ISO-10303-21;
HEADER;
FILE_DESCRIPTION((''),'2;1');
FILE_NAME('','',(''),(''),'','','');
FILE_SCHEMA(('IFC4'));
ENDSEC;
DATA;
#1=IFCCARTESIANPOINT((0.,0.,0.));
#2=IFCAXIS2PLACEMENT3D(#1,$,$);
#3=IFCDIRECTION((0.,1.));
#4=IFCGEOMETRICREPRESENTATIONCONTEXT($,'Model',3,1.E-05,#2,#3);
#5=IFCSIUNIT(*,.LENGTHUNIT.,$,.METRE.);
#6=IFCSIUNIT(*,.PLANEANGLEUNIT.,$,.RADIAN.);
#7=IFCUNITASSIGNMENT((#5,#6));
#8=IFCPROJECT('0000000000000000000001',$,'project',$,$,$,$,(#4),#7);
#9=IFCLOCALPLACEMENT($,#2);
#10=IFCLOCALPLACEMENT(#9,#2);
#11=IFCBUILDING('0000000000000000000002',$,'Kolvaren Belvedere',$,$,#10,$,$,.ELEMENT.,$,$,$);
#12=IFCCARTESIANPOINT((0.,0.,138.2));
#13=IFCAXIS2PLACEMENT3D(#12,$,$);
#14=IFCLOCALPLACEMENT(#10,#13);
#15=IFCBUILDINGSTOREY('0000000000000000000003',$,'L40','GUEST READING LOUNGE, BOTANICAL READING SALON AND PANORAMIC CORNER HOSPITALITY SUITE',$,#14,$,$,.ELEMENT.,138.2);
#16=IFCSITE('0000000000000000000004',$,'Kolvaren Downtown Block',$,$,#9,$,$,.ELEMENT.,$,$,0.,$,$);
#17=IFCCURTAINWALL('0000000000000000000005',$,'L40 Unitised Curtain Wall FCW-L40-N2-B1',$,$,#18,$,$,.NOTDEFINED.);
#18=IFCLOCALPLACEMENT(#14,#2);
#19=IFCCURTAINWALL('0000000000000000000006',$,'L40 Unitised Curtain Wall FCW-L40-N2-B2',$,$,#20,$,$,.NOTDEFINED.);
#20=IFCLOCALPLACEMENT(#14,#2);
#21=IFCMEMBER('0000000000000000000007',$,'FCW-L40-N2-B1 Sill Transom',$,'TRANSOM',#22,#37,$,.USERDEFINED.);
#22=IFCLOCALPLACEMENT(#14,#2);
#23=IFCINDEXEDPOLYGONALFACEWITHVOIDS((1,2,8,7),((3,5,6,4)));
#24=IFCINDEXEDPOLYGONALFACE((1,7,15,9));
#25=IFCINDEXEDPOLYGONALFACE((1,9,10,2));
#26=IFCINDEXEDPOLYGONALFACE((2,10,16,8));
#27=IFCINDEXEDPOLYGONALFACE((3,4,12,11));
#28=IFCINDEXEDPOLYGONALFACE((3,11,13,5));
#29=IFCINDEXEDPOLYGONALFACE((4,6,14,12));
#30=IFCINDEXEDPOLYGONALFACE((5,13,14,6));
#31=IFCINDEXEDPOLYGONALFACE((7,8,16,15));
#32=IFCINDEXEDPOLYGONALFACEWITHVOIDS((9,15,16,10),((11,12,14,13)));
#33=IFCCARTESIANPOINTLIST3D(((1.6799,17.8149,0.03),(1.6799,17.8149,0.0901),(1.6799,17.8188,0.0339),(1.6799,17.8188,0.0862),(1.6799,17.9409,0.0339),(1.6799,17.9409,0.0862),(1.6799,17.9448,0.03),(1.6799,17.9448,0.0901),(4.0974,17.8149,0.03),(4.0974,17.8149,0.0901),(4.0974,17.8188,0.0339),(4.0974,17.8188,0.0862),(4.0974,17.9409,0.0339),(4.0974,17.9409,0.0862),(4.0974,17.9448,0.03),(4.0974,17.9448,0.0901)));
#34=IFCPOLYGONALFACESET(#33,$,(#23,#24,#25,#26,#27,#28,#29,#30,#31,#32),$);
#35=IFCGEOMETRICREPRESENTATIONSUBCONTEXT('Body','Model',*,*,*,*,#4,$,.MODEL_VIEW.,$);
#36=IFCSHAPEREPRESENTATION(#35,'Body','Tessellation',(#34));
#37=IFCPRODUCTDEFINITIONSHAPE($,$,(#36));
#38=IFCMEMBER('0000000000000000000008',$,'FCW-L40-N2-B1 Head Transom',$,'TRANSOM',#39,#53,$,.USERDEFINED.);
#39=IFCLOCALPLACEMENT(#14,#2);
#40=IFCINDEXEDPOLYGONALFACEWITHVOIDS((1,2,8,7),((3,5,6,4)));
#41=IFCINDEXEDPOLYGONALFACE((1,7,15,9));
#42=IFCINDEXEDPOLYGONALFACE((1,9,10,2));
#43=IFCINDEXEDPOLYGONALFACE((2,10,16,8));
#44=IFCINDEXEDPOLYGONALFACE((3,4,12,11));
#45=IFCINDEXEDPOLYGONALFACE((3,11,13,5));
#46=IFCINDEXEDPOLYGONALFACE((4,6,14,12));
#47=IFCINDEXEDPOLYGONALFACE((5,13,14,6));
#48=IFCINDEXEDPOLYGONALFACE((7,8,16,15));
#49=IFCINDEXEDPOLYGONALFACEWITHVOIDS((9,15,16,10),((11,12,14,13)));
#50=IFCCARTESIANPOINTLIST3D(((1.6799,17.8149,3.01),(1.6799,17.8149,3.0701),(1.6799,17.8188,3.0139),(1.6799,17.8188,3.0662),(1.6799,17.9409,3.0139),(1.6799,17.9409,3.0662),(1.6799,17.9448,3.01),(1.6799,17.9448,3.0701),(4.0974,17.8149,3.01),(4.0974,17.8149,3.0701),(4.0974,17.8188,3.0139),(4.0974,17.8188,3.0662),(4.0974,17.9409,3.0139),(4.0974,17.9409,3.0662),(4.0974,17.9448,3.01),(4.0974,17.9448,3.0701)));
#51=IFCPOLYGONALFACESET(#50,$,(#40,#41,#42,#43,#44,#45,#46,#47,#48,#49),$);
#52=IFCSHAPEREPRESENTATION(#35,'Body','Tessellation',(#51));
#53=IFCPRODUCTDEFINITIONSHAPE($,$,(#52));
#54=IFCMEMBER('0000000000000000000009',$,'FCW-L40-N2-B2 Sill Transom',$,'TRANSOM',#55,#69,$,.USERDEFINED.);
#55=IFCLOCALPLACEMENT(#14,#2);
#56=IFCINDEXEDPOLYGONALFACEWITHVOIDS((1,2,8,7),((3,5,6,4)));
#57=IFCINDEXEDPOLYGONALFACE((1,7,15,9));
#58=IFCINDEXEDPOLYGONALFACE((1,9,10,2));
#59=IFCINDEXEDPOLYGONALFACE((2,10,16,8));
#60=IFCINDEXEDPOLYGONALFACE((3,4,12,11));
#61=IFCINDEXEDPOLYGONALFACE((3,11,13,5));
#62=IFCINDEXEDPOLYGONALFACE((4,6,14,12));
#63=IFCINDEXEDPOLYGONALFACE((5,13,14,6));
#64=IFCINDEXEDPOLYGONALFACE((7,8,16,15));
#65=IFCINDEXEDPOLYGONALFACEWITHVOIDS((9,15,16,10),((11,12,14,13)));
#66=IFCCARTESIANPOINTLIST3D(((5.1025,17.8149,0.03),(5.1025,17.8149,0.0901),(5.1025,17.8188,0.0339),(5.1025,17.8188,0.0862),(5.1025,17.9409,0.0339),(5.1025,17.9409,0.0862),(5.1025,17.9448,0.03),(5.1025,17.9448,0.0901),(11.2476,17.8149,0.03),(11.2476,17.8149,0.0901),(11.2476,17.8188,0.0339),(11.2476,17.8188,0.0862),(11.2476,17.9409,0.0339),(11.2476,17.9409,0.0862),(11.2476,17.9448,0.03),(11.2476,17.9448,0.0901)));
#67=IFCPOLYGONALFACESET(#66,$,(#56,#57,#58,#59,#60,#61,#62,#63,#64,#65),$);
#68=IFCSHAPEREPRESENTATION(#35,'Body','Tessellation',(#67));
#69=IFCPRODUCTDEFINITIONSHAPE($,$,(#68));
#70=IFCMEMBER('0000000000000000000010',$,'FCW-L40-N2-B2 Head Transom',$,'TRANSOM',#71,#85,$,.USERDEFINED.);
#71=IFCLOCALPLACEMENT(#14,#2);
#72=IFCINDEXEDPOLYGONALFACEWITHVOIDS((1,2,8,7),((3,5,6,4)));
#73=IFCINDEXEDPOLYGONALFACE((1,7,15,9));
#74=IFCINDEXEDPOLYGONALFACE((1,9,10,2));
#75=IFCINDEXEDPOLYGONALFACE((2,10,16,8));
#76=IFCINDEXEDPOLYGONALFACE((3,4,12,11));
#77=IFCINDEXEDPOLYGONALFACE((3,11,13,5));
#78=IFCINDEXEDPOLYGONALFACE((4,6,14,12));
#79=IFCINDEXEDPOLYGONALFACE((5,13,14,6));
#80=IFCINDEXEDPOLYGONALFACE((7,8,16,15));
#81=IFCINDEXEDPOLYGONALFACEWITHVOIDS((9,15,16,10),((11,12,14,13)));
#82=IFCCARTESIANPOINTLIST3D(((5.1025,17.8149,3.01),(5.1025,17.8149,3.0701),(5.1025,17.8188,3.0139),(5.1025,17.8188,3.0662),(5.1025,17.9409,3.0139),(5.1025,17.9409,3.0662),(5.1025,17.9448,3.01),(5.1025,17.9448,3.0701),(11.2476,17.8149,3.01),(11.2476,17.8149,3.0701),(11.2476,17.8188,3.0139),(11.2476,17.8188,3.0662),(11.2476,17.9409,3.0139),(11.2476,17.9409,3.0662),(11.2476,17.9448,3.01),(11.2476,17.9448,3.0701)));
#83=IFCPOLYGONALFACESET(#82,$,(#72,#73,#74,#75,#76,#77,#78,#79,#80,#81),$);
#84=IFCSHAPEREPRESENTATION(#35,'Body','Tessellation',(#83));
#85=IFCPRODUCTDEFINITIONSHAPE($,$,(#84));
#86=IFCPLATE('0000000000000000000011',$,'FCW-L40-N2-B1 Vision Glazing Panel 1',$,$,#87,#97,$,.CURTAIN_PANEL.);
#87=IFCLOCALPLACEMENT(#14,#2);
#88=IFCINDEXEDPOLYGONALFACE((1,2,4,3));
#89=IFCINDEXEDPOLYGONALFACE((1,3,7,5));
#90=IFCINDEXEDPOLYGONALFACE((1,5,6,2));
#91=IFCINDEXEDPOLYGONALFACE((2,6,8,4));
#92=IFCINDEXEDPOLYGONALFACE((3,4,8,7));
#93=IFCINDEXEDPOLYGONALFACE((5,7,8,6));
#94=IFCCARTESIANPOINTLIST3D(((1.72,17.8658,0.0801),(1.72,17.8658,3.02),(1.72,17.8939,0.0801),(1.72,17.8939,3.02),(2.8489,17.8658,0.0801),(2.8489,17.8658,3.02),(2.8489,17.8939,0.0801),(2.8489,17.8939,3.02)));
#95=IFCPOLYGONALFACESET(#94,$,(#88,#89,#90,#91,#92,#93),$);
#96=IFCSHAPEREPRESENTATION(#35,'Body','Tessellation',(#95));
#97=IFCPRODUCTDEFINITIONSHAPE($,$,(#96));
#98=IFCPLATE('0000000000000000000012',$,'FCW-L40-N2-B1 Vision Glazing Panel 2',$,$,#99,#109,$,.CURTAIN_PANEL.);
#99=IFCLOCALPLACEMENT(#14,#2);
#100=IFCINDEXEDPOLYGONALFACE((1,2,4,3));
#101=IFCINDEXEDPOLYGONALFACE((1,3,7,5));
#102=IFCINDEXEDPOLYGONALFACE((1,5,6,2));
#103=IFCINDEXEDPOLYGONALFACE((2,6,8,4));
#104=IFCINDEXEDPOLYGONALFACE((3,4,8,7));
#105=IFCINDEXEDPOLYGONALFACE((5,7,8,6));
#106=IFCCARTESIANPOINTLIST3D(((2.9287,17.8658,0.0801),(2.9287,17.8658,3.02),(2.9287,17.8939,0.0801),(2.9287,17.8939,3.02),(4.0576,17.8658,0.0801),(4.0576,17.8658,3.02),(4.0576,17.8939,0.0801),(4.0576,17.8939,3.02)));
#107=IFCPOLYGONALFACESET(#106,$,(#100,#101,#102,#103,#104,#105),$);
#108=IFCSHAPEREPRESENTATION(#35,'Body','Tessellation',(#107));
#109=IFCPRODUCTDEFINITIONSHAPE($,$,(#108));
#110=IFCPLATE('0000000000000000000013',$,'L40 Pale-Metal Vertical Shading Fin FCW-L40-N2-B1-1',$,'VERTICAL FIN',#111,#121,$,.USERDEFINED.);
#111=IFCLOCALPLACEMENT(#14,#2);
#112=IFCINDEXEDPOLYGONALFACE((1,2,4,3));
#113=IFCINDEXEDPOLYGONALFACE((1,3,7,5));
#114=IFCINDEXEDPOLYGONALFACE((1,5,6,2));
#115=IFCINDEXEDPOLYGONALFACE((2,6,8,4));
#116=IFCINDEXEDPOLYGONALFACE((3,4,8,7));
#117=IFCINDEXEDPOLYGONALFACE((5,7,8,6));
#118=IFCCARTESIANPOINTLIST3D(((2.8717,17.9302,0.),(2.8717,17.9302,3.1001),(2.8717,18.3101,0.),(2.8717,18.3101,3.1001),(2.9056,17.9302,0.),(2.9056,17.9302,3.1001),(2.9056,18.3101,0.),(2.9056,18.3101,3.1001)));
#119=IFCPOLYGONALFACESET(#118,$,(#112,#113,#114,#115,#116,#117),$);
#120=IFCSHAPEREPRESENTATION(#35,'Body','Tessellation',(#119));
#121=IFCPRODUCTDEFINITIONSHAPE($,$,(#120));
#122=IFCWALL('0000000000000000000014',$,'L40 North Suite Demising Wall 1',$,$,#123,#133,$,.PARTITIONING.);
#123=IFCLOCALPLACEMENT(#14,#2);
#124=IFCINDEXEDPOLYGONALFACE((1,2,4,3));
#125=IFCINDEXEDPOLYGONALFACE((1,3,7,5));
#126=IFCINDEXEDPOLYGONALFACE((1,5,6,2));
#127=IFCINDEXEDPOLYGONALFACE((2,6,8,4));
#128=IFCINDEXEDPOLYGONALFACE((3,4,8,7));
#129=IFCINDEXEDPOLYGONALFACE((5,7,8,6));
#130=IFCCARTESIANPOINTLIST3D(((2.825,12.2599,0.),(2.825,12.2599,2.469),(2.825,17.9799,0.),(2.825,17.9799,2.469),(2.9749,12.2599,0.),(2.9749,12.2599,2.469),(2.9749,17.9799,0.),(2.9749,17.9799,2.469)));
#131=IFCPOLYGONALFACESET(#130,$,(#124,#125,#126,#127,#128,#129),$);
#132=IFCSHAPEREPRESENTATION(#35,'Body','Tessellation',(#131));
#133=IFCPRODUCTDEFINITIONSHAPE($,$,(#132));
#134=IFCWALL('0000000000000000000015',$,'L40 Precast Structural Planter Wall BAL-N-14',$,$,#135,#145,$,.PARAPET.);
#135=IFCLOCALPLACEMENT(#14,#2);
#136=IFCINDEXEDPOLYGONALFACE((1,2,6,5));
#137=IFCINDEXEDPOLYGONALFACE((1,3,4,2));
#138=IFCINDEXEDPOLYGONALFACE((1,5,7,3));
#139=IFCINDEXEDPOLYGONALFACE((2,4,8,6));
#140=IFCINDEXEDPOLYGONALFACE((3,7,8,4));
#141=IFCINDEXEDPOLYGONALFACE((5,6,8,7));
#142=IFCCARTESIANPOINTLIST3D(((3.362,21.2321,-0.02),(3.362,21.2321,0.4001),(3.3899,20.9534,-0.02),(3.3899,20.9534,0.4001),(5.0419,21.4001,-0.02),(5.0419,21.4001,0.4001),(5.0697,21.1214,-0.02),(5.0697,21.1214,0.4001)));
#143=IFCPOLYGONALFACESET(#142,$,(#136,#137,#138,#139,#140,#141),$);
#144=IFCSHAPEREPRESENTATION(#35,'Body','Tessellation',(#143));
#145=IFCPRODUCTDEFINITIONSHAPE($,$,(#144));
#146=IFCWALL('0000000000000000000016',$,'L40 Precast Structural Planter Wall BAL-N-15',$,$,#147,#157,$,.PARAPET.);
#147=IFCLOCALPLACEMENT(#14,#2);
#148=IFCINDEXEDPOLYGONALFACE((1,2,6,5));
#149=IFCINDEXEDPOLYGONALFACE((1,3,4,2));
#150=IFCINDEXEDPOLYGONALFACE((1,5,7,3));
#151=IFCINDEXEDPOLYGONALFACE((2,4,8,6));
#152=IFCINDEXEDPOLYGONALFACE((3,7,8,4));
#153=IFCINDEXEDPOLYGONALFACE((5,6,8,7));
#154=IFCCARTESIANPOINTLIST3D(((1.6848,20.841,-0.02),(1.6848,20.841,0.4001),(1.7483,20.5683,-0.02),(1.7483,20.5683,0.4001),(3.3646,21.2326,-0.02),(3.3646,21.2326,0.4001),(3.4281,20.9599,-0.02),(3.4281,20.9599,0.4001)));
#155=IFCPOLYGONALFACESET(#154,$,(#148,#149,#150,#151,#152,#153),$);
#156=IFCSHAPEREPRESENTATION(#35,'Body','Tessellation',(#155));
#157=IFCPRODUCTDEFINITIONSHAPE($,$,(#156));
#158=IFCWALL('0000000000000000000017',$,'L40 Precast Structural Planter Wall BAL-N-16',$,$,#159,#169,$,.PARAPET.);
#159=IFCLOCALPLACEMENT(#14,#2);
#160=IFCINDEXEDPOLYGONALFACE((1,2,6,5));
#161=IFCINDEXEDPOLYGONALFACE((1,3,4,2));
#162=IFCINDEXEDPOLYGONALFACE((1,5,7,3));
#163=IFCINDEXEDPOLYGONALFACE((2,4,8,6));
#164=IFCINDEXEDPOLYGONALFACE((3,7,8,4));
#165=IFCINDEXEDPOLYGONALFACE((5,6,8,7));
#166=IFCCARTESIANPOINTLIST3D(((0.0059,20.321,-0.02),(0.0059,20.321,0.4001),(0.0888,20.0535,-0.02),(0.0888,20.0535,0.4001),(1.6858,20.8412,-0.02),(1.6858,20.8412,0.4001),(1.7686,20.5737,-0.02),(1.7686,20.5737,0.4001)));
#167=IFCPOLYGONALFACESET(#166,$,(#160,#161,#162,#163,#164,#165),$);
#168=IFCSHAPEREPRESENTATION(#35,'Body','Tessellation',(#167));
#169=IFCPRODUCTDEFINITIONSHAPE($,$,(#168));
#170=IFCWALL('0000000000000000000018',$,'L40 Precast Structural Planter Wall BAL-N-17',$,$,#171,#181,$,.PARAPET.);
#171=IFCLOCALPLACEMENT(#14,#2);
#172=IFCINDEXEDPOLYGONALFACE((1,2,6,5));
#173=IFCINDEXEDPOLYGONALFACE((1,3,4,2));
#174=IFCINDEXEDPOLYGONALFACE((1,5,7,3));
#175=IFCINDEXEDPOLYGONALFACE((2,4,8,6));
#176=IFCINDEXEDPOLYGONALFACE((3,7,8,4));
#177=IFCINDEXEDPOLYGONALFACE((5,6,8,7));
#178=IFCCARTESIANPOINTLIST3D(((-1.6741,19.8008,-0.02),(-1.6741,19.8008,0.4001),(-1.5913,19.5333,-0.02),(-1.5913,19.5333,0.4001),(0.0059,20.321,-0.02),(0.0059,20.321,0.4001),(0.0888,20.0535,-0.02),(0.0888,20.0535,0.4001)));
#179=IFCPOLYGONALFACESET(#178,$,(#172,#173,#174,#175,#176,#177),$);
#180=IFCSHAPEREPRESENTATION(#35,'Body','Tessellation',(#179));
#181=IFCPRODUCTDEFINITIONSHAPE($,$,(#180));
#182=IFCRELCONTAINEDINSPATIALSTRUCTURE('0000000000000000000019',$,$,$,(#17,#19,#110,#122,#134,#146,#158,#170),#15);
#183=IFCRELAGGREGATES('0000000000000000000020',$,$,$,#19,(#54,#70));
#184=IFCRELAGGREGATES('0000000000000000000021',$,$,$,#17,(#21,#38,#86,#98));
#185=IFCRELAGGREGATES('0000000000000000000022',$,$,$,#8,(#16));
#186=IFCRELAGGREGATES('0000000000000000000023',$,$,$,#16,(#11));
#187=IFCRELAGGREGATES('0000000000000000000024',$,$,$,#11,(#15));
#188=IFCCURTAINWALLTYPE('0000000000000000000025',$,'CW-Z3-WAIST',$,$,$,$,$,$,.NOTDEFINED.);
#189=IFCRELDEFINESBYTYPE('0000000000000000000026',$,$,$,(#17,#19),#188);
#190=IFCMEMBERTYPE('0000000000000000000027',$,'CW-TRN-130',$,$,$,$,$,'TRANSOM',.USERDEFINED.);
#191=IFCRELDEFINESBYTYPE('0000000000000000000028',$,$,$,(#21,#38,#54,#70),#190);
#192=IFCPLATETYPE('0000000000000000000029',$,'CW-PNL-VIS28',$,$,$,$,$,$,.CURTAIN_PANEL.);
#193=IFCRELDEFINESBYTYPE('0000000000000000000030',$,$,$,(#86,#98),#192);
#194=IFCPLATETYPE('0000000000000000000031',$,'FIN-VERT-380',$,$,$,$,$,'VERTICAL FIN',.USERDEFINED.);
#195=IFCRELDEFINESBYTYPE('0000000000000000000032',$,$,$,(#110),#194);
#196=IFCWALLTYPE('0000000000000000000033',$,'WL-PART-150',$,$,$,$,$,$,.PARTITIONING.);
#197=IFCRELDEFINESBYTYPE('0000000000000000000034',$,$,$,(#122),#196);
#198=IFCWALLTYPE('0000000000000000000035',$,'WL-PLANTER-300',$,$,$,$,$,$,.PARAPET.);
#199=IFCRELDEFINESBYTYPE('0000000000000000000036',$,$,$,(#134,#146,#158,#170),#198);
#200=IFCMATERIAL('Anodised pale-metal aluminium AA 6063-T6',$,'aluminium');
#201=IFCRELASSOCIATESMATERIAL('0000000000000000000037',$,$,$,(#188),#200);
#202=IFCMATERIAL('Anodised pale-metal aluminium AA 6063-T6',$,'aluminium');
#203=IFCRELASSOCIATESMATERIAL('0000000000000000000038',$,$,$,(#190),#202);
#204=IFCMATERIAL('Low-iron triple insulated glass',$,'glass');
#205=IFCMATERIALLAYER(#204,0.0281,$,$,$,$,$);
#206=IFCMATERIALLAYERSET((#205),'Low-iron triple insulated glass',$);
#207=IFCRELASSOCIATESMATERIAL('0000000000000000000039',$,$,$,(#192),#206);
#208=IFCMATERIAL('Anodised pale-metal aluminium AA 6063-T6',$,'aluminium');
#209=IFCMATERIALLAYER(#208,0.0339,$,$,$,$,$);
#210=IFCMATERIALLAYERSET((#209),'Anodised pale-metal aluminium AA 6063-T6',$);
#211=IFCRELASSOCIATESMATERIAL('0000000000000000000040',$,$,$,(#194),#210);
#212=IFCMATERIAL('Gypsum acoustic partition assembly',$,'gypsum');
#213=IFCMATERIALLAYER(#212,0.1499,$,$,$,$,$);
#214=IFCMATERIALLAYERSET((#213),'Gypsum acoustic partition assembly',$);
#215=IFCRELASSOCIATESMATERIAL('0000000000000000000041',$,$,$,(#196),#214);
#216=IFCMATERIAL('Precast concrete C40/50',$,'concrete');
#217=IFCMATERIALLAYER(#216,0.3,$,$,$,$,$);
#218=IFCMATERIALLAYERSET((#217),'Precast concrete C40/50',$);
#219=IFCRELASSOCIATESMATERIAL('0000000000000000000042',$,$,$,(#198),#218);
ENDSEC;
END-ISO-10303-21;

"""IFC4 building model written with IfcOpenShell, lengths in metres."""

from ifc_helpers import new_model, si_unit, direction, frame, frame_2d, origin, origin_2d, place, context, subcontext, project, spatial, rectangle, hollow_rectangle, extrude, material, layer, layer_set, material_profile, profile_set, type_object, element, aggregate, save


model = new_model("IFC4")

# Units and contexts
model_context = context("Model", 3, precision=1e-05, world=origin(), true_north=direction((0.0, 1.0)))
body_context = subcontext(model_context, "Body", "Model", "MODEL_VIEW")
ifc_project = project(units=[si_unit("LENGTHUNIT", "METRE"), si_unit("PLANEANGLEUNIT", "RADIAN")], contexts=[model_context])

# Site, building, storey
site_placement = place(None, origin())
site = spatial("IfcSite", under=ifc_project, at=site_placement, Name="Kolvaren Downtown Block", CompositionType="ELEMENT", RefElevation=0.0)
building_placement = place(site_placement, origin())
building = spatial("IfcBuilding", under=site, at=building_placement, Name="Kolvaren Belvedere", CompositionType="ELEMENT")
storey_placement = place(building_placement, frame((0.0, 0.0, 138.2)))
storey = spatial("IfcBuildingStorey", under=building, at=storey_placement, Name="L40", Description="GUEST READING LOUNGE, BOTANICAL READING SALON AND PANORAMIC CORNER HOSPITALITY SUITE", CompositionType="ELEMENT", Elevation=138.2)

# Curtain wall
ifc_material_1 = material(Name="Anodised pale-metal aluminium AA 6063-T6", Category="aluminium")
curtain_wall_type = type_object("IfcCurtainWallType", Name="CW-Z3-WAIST", PredefinedType="NOTDEFINED", material=ifc_material_1)
curtain_wall_1_placement = place(storey_placement, origin())
curtain_wall_1 = element("IfcCurtainWall", 1, at=curtain_wall_1_placement, inside=storey, type_object=curtain_wall_type, Name="L40 Unitised Curtain Wall FCW-L40-N2-B1", PredefinedType="NOTDEFINED")

# Curtain wall
curtain_wall_2_placement = place(storey_placement, origin())
curtain_wall_2 = element("IfcCurtainWall", 2, at=curtain_wall_2_placement, inside=storey, type_object=curtain_wall_type, Name="L40 Unitised Curtain Wall FCW-L40-N2-B2", PredefinedType="NOTDEFINED")

# Members
ifc_material_2 = material(Name="Anodised pale-metal aluminium AA 6063-T6", Category="aluminium")
ifc_material_profile_1 = material_profile(ifc_material_2, hollow_rectangle(XDim=0.0601, YDim=0.1299, WallThickness=0.0039, at=origin_2d()), Name="ALU-TRN-130X60")
ifc_profile_set_1 = profile_set([ifc_material_profile_1], Name="Anodised pale-metal aluminium AA 6063-T6")
member_type_1 = type_object("IfcMemberType", Name="CW-TRN-130", ElementType="TRANSOM", PredefinedType="USERDEFINED", material=ifc_profile_set_1)
member_1_placement = place(storey_placement, frame((1.6799, 17.8799, 0.0601), z_axis=(1.0, 0.0, 0.0), x_axis=(0.0, 0.0, 1.0)))
member_1 = element("IfcMember", 3, at=member_1_placement, type_object=member_type_1, Name="FCW-L40-N2-B1 Sill Transom", ObjectType="TRANSOM", PredefinedType="USERDEFINED", context=body_context, shape_type="SweptSolid", body=[
    extrude(hollow_rectangle(XDim=0.0601, YDim=0.1299, WallThickness=0.0039, at=origin_2d()), origin(), (0.0, 0.0, 1.0), 2.4175),
])
member_2_placement = place(storey_placement, frame((1.6799, 17.8799, 3.04), z_axis=(1.0, 0.0, 0.0), x_axis=(0.0, 0.0, 1.0)))
member_2 = element("IfcMember", 4, at=member_2_placement, type_object=member_type_1, Name="FCW-L40-N2-B1 Head Transom", ObjectType="TRANSOM", PredefinedType="USERDEFINED", context=body_context, shape_type="SweptSolid", body=[
    extrude(hollow_rectangle(XDim=0.0601, YDim=0.1299, WallThickness=0.0039, at=origin_2d()), origin(), (0.0, 0.0, 1.0), 2.4175),
])
member_3_placement = place(storey_placement, frame((5.1025, 17.8799, 0.0601), z_axis=(1.0, 0.0, 0.0), x_axis=(0.0, 0.0, 1.0)))
member_3 = element("IfcMember", 5, at=member_3_placement, type_object=member_type_1, Name="FCW-L40-N2-B2 Sill Transom", ObjectType="TRANSOM", PredefinedType="USERDEFINED", context=body_context, shape_type="SweptSolid", body=[
    extrude(hollow_rectangle(XDim=0.0601, YDim=0.1299, WallThickness=0.0039, at=origin_2d()), origin(), (0.0, 0.0, 1.0), 6.145),
])
member_4_placement = place(storey_placement, frame((5.1025, 17.8799, 3.04), z_axis=(1.0, 0.0, 0.0), x_axis=(0.0, 0.0, 1.0)))
member_4 = element("IfcMember", 6, at=member_4_placement, type_object=member_type_1, Name="FCW-L40-N2-B2 Head Transom", ObjectType="TRANSOM", PredefinedType="USERDEFINED", context=body_context, shape_type="SweptSolid", body=[
    extrude(hollow_rectangle(XDim=0.0601, YDim=0.1299, WallThickness=0.0039, at=origin_2d()), origin(), (0.0, 0.0, 1.0), 6.145),
])
aggregate(curtain_wall_2, [member_3, member_4])

# Plates
ifc_material_3 = material(Name="Low-iron triple insulated glass", Category="glass")
ifc_layer_1 = layer(ifc_material_3, 0.0281)
ifc_layer_set_1 = layer_set([ifc_layer_1], Name="Low-iron triple insulated glass")
plate_type_1 = type_object("IfcPlateType", Name="CW-PNL-VIS28", PredefinedType="CURTAIN_PANEL", material=ifc_layer_set_1)
plate_1_placement = place(storey_placement, frame((2.2844, 17.8799, 0.0801), z_axis=(0.0, 0.0, 1.0), x_axis=(1.0, 0.0, 0.0)))
plate_1 = element("IfcPlate", 7, at=plate_1_placement, type_object=plate_type_1, Name="FCW-L40-N2-B1 Vision Glazing Panel 1", PredefinedType="CURTAIN_PANEL", context=body_context, shape_type="SweptSolid", body=[
    extrude(rectangle(XDim=1.1289, YDim=0.0281, at=origin_2d()), origin(), (0.0, 0.0, 1.0), 2.9399),
])
plate_2_placement = place(storey_placement, frame((3.4932, 17.8799, 0.0801), z_axis=(0.0, 0.0, 1.0), x_axis=(1.0, 0.0, 0.0)))
plate_2 = element("IfcPlate", 8, at=plate_2_placement, type_object=plate_type_1, Name="FCW-L40-N2-B1 Vision Glazing Panel 2", PredefinedType="CURTAIN_PANEL", context=body_context, shape_type="SweptSolid", body=[
    extrude(rectangle(XDim=1.1289, YDim=0.0281, at=origin_2d()), origin(), (0.0, 0.0, 1.0), 2.9399),
])
aggregate(curtain_wall_1, [member_1, member_2, plate_1, plate_2])
ifc_material_4 = material(Name="Anodised pale-metal aluminium AA 6063-T6", Category="aluminium")
ifc_layer_2 = layer(ifc_material_4, 0.0339)
ifc_layer_set_2 = layer_set([ifc_layer_2], Name="Anodised pale-metal aluminium AA 6063-T6")
plate_type_2 = type_object("IfcPlateType", Name="FIN-VERT-380", ElementType="VERTICAL FIN", PredefinedType="USERDEFINED", material=ifc_layer_set_2)
plate_3_placement = place(storey_placement, frame((2.8887, 18.1201, 0.0), z_axis=(0.0, 0.0, 1.0), x_axis=(0.0, 1.0, 0.0)))
element("IfcPlate", 9, at=plate_3_placement, inside=storey, type_object=plate_type_2, Name="L40 Pale-Metal Vertical Shading Fin FCW-L40-N2-B1-1", ObjectType="VERTICAL FIN", PredefinedType="USERDEFINED", context=body_context, shape_type="SweptSolid", body=[
    extrude(rectangle(XDim=0.3799, YDim=0.0339, at=origin_2d()), origin(), (0.0, 0.0, 1.0), 3.1001),
])

# Walls
ifc_material_5 = material(Name="Gypsum acoustic partition assembly", Category="gypsum")
ifc_layer_3 = layer(ifc_material_5, 0.1499)
ifc_layer_set_3 = layer_set([ifc_layer_3], Name="Gypsum acoustic partition assembly")
wall_type_1 = type_object("IfcWallType", Name="WL-PART-150", PredefinedType="PARTITIONING", material=ifc_layer_set_3)
wall_1_placement = place(storey_placement, frame((2.8999, 12.26, 0.0), z_axis=(0.0, 0.0, 1.0), x_axis=(0.0, 1.0, 0.0)))
element("IfcWall", 10, at=wall_1_placement, inside=storey, type_object=wall_type_1, Name="L40 North Suite Demising Wall 1", PredefinedType="PARTITIONING", context=body_context, shape_type="SweptSolid", body=[
    extrude(rectangle(XDim=5.72, YDim=0.1499, at=frame_2d((2.8599, 0.0))), origin(), (0.0, 0.0, 1.0), 2.469),
])
ifc_material_6 = material(Name="Precast concrete C40/50", Category="concrete")
ifc_layer_4 = layer(ifc_material_6, 0.3)
ifc_layer_set_4 = layer_set([ifc_layer_4], Name="Precast concrete C40/50")
wall_type_2 = type_object("IfcWallType", Name="WL-PLANTER-300", PredefinedType="PARAPET", material=ifc_layer_set_4)
wall_2_placement = place(storey_placement, frame((5.0559, 21.2607, -0.02), z_axis=(0.0, 0.0, 1.0), x_axis=(-0.995039, -0.099489, 0.0)))
element("IfcWall", 11, at=wall_2_placement, inside=storey, type_object=wall_type_2, Name="L40 Precast Structural Planter Wall BAL-N-14", PredefinedType="PARAPET", context=body_context, shape_type="SweptSolid", body=[
    extrude(rectangle(XDim=1.6882, YDim=0.28, at=frame_2d((0.8442, 0.0))), origin(), (0.0, 0.0, 1.0), 0.4202),
])
wall_3_placement = place(storey_placement, frame((3.3962, 21.0962, -0.02), z_axis=(0.0, 0.0, 1.0), x_axis=(-0.97389, -0.227019, 0.0)))
element("IfcWall", 12, at=wall_3_placement, inside=storey, type_object=wall_type_2, Name="L40 Precast Structural Planter Wall BAL-N-15", PredefinedType="PARAPET", context=body_context, shape_type="SweptSolid", body=[
    extrude(rectangle(XDim=1.7249, YDim=0.28, at=frame_2d((0.8623, 0.0))), origin(), (0.0, 0.0, 1.0), 0.4202),
])
wall_4_placement = place(storey_placement, frame((1.7273, 20.7075, -0.02), z_axis=(0.0, 0.0, 1.0), x_axis=(-0.95524, -0.295832, 0.0)))
element("IfcWall", 13, at=wall_4_placement, inside=storey, type_object=wall_type_2, Name="L40 Precast Structural Planter Wall BAL-N-16", PredefinedType="PARAPET", context=body_context, shape_type="SweptSolid", body=[
    extrude(rectangle(XDim=1.7585, YDim=0.28, at=frame_2d((0.8794, 0.0))), origin(), (0.0, 0.0, 1.0), 0.4202),
])
wall_5_placement = place(storey_placement, frame((0.0474, 20.1873, -0.02), z_axis=(0.0, 0.0, 1.0), x_axis=(-0.955252, -0.295792, 0.0)))
element("IfcWall", 14, at=wall_5_placement, inside=storey, type_object=wall_type_2, Name="L40 Precast Structural Planter Wall BAL-N-17", PredefinedType="PARAPET", context=body_context, shape_type="SweptSolid", body=[
    extrude(rectangle(XDim=1.7588, YDim=0.28, at=frame_2d((0.8794, 0.0))), origin(), (0.0, 0.0, 1.0), 0.4202),
])

save(model, "model.ifc")
